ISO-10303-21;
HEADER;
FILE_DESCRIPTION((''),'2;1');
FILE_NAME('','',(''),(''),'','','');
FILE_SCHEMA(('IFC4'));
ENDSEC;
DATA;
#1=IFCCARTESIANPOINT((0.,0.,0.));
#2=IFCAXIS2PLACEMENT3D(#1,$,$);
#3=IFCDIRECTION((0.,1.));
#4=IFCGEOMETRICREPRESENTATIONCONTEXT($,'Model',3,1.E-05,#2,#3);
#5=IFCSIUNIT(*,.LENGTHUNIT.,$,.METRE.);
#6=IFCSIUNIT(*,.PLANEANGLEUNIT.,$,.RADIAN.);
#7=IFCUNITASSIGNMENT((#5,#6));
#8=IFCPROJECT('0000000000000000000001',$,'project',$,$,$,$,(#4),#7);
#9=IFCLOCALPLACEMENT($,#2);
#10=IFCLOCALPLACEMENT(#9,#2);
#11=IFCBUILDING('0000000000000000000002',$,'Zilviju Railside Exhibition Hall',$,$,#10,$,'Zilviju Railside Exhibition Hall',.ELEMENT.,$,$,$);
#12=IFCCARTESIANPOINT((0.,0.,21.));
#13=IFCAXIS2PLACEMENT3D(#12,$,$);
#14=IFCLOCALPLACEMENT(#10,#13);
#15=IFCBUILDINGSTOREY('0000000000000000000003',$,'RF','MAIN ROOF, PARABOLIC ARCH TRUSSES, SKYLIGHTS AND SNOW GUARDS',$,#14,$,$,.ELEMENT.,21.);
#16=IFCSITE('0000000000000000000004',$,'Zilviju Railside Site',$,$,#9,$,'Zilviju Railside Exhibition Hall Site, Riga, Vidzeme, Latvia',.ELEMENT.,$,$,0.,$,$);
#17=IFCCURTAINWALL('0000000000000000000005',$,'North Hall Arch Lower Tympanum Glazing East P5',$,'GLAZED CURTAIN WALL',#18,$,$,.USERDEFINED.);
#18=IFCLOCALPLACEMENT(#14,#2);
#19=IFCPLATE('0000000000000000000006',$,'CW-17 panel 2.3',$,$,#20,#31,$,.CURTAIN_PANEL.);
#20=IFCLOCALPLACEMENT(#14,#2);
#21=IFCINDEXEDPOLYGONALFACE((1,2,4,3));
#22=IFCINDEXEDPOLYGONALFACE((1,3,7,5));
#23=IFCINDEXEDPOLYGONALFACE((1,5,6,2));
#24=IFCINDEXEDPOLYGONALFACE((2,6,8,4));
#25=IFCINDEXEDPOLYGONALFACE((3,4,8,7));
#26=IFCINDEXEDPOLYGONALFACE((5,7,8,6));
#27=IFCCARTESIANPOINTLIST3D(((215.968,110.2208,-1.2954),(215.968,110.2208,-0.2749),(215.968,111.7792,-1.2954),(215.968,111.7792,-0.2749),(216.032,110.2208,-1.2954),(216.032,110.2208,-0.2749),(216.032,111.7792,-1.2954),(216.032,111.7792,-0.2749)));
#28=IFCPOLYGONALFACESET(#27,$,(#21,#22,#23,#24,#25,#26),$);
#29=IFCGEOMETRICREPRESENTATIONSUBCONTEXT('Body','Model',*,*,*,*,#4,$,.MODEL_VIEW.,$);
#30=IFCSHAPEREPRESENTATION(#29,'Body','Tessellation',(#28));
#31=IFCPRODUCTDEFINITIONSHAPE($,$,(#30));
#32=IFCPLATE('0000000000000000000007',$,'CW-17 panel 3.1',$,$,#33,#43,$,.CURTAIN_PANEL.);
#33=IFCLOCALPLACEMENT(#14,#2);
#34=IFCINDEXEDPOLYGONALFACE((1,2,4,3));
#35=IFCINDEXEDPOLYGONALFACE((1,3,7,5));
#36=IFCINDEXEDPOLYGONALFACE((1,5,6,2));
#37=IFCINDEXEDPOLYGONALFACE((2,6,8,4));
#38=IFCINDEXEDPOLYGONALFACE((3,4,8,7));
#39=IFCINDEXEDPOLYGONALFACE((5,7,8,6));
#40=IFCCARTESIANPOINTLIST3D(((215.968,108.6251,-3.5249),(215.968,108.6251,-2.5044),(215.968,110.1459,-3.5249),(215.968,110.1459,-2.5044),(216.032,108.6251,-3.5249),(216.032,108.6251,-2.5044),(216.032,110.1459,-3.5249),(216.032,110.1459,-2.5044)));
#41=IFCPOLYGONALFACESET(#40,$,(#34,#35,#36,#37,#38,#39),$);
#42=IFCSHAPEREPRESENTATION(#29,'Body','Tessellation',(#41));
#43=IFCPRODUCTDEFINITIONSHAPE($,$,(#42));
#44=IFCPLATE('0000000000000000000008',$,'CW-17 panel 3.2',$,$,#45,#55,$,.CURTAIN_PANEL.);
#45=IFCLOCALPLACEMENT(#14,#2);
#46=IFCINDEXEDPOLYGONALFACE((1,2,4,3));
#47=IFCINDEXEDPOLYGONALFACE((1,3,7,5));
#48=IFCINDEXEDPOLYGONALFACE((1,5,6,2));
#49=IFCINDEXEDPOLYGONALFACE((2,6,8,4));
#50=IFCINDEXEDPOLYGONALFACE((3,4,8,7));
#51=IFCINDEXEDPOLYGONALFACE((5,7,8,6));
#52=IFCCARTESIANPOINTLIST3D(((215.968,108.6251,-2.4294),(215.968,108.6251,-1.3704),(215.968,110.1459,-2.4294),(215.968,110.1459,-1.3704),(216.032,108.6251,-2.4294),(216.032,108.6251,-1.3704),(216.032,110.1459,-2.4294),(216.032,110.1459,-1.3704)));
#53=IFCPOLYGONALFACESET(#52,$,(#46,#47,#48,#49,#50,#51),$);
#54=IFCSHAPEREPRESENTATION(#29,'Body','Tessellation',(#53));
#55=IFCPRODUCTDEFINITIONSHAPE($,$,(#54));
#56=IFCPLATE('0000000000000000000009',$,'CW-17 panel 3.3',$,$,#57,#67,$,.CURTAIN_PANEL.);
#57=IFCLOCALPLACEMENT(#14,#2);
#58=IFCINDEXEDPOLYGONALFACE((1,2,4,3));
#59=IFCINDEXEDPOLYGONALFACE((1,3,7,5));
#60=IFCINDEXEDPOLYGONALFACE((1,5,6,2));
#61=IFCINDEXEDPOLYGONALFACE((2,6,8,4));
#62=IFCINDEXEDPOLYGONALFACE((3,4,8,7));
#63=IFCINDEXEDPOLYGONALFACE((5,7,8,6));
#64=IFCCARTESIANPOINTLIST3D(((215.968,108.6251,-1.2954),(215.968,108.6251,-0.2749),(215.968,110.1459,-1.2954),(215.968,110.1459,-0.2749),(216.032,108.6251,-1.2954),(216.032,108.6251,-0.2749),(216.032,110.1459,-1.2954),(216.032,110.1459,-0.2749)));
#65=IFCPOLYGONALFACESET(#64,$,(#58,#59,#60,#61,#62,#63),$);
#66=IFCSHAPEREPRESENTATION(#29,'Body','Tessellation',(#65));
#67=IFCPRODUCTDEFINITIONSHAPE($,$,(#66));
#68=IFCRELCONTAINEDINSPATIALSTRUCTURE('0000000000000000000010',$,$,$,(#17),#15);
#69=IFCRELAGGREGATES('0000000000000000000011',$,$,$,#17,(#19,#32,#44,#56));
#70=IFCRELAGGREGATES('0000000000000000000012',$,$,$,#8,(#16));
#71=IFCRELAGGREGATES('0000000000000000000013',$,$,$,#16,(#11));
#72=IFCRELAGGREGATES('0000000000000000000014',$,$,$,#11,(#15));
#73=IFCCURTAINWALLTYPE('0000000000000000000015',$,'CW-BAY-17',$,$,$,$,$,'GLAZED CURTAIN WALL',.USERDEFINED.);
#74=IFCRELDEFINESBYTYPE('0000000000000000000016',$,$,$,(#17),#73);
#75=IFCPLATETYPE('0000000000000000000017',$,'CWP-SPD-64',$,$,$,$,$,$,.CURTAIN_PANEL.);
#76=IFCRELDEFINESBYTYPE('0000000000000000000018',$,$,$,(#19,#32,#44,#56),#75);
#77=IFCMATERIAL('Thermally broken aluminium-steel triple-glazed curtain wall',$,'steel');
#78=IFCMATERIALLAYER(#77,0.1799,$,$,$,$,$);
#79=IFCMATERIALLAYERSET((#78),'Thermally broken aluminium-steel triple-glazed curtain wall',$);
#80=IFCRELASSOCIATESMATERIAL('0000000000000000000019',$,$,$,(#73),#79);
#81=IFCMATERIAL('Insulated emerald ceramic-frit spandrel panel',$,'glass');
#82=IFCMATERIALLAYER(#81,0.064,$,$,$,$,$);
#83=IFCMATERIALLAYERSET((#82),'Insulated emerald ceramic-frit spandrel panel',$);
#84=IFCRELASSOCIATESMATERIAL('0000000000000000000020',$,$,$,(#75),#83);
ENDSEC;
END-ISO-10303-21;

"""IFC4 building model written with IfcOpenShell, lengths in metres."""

from ifc_helpers import new_model, si_unit, direction, frame, origin, origin_2d, place, context, subcontext, project, spatial, rectangle, extrude, material, layer, layer_set, type_object, element, aggregate, save


model = new_model("IFC4")

# Units and contexts
model_context = context("Model", 3, precision=1e-05, world=origin(), true_north=direction((0.0, 1.0)))
body_context = subcontext(model_context, "Body", "Model", "MODEL_VIEW")
ifc_project = project(units=[si_unit("LENGTHUNIT", "METRE"), si_unit("PLANEANGLEUNIT", "RADIAN")], contexts=[model_context])

# Site, building, storey
site_placement = place(None, origin())
site = spatial("IfcSite", under=ifc_project, at=site_placement, Name="Zilviju Railside Site", LongName="Zilviju Railside Exhibition Hall Site, Riga, Vidzeme, Latvia", CompositionType="ELEMENT", RefElevation=0.0)
building_placement = place(site_placement, origin())
building = spatial("IfcBuilding", under=site, at=building_placement, Name="Zilviju Railside Exhibition Hall", LongName="Zilviju Railside Exhibition Hall", CompositionType="ELEMENT")
storey_placement = place(building_placement, frame((0.0, 0.0, 21.0)))
storey = spatial("IfcBuildingStorey", under=building, at=storey_placement, Name="RF", Description="MAIN ROOF, PARABOLIC ARCH TRUSSES, SKYLIGHTS AND SNOW GUARDS", CompositionType="ELEMENT", Elevation=21.0)

# Shared definitions
ifc_material_1 = material(Name="Thermally broken aluminium-steel triple-glazed curtain wall", Category="steel")

# Curtain wall, plates
ifc_layer_1 = layer(ifc_material_1, 0.1799)
ifc_layer_set_1 = layer_set([ifc_layer_1], Name="Thermally broken aluminium-steel triple-glazed curtain wall")
curtain_wall_type_1 = type_object("IfcCurtainWallType", Name="CW-BAY-17", ElementType="GLAZED CURTAIN WALL", PredefinedType="USERDEFINED", material=ifc_layer_set_1)
curtain_wall_1_placement = place(storey_placement, origin())
curtain_wall_1 = element("IfcCurtainWall", 1, at=curtain_wall_1_placement, inside=storey, type_object=curtain_wall_type_1, Name="North Hall Arch Lower Tympanum Glazing East P5", ObjectType="GLAZED CURTAIN WALL", PredefinedType="USERDEFINED")
ifc_material_2 = material(Name="Insulated emerald ceramic-frit spandrel panel", Category="glass")
ifc_layer_2 = layer(ifc_material_2, 0.064)
ifc_layer_set_2 = layer_set([ifc_layer_2], Name="Insulated emerald ceramic-frit spandrel panel")
plate_type = type_object("IfcPlateType", Name="CWP-SPD-64", PredefinedType="CURTAIN_PANEL", material=ifc_layer_set_2)
plate_1_placement = place(storey_placement, frame((216.0, 111.0, -1.2954), z_axis=(0.0, 0.0, 1.0), x_axis=(0.0, -1.0, 0.0)))
plate_1 = element("IfcPlate", 2, at=plate_1_placement, type_object=plate_type, Name="CW-17 panel 2.3", PredefinedType="CURTAIN_PANEL", context=body_context, shape_type="SweptSolid", body=[
    extrude(rectangle(XDim=1.5583, YDim=0.064, at=origin_2d()), origin(), (0.0, 0.0, 1.0), 1.0205),
])
plate_2_placement = place(storey_placement, frame((216.0, 109.3855, -3.5249), z_axis=(0.0, 0.0, 1.0), x_axis=(0.0, -1.0, 0.0)))
plate_2 = element("IfcPlate", 3, at=plate_2_placement, type_object=plate_type, Name="CW-17 panel 3.1", PredefinedType="CURTAIN_PANEL", context=body_context, shape_type="SweptSolid", body=[
    extrude(rectangle(XDim=1.5208, YDim=0.064, at=origin_2d()), origin(), (0.0, 0.0, 1.0), 1.0205),
])
plate_3_placement = place(storey_placement, frame((216.0, 109.3855, -2.4294), z_axis=(0.0, 0.0, 1.0), x_axis=(0.0, -1.0, 0.0)))
plate_3 = element("IfcPlate", 4, at=plate_3_placement, type_object=plate_type, Name="CW-17 panel 3.2", PredefinedType="CURTAIN_PANEL", context=body_context, shape_type="SweptSolid", body=[
    extrude(rectangle(XDim=1.5208, YDim=0.064, at=origin_2d()), origin(), (0.0, 0.0, 1.0), 1.0591),
])
plate_4_placement = place(storey_placement, frame((216.0, 109.3855, -1.2954), z_axis=(0.0, 0.0, 1.0), x_axis=(0.0, -1.0, 0.0)))
plate_4 = element("IfcPlate", 5, at=plate_4_placement, type_object=plate_type, Name="CW-17 panel 3.3", PredefinedType="CURTAIN_PANEL", context=body_context, shape_type="SweptSolid", body=[
    extrude(rectangle(XDim=1.5208, YDim=0.064, at=origin_2d()), origin(), (0.0, 0.0, 1.0), 1.0205),
])
aggregate(curtain_wall_1, [plate_1, plate_2, plate_3, plate_4])

save(model, "model.ifc")
